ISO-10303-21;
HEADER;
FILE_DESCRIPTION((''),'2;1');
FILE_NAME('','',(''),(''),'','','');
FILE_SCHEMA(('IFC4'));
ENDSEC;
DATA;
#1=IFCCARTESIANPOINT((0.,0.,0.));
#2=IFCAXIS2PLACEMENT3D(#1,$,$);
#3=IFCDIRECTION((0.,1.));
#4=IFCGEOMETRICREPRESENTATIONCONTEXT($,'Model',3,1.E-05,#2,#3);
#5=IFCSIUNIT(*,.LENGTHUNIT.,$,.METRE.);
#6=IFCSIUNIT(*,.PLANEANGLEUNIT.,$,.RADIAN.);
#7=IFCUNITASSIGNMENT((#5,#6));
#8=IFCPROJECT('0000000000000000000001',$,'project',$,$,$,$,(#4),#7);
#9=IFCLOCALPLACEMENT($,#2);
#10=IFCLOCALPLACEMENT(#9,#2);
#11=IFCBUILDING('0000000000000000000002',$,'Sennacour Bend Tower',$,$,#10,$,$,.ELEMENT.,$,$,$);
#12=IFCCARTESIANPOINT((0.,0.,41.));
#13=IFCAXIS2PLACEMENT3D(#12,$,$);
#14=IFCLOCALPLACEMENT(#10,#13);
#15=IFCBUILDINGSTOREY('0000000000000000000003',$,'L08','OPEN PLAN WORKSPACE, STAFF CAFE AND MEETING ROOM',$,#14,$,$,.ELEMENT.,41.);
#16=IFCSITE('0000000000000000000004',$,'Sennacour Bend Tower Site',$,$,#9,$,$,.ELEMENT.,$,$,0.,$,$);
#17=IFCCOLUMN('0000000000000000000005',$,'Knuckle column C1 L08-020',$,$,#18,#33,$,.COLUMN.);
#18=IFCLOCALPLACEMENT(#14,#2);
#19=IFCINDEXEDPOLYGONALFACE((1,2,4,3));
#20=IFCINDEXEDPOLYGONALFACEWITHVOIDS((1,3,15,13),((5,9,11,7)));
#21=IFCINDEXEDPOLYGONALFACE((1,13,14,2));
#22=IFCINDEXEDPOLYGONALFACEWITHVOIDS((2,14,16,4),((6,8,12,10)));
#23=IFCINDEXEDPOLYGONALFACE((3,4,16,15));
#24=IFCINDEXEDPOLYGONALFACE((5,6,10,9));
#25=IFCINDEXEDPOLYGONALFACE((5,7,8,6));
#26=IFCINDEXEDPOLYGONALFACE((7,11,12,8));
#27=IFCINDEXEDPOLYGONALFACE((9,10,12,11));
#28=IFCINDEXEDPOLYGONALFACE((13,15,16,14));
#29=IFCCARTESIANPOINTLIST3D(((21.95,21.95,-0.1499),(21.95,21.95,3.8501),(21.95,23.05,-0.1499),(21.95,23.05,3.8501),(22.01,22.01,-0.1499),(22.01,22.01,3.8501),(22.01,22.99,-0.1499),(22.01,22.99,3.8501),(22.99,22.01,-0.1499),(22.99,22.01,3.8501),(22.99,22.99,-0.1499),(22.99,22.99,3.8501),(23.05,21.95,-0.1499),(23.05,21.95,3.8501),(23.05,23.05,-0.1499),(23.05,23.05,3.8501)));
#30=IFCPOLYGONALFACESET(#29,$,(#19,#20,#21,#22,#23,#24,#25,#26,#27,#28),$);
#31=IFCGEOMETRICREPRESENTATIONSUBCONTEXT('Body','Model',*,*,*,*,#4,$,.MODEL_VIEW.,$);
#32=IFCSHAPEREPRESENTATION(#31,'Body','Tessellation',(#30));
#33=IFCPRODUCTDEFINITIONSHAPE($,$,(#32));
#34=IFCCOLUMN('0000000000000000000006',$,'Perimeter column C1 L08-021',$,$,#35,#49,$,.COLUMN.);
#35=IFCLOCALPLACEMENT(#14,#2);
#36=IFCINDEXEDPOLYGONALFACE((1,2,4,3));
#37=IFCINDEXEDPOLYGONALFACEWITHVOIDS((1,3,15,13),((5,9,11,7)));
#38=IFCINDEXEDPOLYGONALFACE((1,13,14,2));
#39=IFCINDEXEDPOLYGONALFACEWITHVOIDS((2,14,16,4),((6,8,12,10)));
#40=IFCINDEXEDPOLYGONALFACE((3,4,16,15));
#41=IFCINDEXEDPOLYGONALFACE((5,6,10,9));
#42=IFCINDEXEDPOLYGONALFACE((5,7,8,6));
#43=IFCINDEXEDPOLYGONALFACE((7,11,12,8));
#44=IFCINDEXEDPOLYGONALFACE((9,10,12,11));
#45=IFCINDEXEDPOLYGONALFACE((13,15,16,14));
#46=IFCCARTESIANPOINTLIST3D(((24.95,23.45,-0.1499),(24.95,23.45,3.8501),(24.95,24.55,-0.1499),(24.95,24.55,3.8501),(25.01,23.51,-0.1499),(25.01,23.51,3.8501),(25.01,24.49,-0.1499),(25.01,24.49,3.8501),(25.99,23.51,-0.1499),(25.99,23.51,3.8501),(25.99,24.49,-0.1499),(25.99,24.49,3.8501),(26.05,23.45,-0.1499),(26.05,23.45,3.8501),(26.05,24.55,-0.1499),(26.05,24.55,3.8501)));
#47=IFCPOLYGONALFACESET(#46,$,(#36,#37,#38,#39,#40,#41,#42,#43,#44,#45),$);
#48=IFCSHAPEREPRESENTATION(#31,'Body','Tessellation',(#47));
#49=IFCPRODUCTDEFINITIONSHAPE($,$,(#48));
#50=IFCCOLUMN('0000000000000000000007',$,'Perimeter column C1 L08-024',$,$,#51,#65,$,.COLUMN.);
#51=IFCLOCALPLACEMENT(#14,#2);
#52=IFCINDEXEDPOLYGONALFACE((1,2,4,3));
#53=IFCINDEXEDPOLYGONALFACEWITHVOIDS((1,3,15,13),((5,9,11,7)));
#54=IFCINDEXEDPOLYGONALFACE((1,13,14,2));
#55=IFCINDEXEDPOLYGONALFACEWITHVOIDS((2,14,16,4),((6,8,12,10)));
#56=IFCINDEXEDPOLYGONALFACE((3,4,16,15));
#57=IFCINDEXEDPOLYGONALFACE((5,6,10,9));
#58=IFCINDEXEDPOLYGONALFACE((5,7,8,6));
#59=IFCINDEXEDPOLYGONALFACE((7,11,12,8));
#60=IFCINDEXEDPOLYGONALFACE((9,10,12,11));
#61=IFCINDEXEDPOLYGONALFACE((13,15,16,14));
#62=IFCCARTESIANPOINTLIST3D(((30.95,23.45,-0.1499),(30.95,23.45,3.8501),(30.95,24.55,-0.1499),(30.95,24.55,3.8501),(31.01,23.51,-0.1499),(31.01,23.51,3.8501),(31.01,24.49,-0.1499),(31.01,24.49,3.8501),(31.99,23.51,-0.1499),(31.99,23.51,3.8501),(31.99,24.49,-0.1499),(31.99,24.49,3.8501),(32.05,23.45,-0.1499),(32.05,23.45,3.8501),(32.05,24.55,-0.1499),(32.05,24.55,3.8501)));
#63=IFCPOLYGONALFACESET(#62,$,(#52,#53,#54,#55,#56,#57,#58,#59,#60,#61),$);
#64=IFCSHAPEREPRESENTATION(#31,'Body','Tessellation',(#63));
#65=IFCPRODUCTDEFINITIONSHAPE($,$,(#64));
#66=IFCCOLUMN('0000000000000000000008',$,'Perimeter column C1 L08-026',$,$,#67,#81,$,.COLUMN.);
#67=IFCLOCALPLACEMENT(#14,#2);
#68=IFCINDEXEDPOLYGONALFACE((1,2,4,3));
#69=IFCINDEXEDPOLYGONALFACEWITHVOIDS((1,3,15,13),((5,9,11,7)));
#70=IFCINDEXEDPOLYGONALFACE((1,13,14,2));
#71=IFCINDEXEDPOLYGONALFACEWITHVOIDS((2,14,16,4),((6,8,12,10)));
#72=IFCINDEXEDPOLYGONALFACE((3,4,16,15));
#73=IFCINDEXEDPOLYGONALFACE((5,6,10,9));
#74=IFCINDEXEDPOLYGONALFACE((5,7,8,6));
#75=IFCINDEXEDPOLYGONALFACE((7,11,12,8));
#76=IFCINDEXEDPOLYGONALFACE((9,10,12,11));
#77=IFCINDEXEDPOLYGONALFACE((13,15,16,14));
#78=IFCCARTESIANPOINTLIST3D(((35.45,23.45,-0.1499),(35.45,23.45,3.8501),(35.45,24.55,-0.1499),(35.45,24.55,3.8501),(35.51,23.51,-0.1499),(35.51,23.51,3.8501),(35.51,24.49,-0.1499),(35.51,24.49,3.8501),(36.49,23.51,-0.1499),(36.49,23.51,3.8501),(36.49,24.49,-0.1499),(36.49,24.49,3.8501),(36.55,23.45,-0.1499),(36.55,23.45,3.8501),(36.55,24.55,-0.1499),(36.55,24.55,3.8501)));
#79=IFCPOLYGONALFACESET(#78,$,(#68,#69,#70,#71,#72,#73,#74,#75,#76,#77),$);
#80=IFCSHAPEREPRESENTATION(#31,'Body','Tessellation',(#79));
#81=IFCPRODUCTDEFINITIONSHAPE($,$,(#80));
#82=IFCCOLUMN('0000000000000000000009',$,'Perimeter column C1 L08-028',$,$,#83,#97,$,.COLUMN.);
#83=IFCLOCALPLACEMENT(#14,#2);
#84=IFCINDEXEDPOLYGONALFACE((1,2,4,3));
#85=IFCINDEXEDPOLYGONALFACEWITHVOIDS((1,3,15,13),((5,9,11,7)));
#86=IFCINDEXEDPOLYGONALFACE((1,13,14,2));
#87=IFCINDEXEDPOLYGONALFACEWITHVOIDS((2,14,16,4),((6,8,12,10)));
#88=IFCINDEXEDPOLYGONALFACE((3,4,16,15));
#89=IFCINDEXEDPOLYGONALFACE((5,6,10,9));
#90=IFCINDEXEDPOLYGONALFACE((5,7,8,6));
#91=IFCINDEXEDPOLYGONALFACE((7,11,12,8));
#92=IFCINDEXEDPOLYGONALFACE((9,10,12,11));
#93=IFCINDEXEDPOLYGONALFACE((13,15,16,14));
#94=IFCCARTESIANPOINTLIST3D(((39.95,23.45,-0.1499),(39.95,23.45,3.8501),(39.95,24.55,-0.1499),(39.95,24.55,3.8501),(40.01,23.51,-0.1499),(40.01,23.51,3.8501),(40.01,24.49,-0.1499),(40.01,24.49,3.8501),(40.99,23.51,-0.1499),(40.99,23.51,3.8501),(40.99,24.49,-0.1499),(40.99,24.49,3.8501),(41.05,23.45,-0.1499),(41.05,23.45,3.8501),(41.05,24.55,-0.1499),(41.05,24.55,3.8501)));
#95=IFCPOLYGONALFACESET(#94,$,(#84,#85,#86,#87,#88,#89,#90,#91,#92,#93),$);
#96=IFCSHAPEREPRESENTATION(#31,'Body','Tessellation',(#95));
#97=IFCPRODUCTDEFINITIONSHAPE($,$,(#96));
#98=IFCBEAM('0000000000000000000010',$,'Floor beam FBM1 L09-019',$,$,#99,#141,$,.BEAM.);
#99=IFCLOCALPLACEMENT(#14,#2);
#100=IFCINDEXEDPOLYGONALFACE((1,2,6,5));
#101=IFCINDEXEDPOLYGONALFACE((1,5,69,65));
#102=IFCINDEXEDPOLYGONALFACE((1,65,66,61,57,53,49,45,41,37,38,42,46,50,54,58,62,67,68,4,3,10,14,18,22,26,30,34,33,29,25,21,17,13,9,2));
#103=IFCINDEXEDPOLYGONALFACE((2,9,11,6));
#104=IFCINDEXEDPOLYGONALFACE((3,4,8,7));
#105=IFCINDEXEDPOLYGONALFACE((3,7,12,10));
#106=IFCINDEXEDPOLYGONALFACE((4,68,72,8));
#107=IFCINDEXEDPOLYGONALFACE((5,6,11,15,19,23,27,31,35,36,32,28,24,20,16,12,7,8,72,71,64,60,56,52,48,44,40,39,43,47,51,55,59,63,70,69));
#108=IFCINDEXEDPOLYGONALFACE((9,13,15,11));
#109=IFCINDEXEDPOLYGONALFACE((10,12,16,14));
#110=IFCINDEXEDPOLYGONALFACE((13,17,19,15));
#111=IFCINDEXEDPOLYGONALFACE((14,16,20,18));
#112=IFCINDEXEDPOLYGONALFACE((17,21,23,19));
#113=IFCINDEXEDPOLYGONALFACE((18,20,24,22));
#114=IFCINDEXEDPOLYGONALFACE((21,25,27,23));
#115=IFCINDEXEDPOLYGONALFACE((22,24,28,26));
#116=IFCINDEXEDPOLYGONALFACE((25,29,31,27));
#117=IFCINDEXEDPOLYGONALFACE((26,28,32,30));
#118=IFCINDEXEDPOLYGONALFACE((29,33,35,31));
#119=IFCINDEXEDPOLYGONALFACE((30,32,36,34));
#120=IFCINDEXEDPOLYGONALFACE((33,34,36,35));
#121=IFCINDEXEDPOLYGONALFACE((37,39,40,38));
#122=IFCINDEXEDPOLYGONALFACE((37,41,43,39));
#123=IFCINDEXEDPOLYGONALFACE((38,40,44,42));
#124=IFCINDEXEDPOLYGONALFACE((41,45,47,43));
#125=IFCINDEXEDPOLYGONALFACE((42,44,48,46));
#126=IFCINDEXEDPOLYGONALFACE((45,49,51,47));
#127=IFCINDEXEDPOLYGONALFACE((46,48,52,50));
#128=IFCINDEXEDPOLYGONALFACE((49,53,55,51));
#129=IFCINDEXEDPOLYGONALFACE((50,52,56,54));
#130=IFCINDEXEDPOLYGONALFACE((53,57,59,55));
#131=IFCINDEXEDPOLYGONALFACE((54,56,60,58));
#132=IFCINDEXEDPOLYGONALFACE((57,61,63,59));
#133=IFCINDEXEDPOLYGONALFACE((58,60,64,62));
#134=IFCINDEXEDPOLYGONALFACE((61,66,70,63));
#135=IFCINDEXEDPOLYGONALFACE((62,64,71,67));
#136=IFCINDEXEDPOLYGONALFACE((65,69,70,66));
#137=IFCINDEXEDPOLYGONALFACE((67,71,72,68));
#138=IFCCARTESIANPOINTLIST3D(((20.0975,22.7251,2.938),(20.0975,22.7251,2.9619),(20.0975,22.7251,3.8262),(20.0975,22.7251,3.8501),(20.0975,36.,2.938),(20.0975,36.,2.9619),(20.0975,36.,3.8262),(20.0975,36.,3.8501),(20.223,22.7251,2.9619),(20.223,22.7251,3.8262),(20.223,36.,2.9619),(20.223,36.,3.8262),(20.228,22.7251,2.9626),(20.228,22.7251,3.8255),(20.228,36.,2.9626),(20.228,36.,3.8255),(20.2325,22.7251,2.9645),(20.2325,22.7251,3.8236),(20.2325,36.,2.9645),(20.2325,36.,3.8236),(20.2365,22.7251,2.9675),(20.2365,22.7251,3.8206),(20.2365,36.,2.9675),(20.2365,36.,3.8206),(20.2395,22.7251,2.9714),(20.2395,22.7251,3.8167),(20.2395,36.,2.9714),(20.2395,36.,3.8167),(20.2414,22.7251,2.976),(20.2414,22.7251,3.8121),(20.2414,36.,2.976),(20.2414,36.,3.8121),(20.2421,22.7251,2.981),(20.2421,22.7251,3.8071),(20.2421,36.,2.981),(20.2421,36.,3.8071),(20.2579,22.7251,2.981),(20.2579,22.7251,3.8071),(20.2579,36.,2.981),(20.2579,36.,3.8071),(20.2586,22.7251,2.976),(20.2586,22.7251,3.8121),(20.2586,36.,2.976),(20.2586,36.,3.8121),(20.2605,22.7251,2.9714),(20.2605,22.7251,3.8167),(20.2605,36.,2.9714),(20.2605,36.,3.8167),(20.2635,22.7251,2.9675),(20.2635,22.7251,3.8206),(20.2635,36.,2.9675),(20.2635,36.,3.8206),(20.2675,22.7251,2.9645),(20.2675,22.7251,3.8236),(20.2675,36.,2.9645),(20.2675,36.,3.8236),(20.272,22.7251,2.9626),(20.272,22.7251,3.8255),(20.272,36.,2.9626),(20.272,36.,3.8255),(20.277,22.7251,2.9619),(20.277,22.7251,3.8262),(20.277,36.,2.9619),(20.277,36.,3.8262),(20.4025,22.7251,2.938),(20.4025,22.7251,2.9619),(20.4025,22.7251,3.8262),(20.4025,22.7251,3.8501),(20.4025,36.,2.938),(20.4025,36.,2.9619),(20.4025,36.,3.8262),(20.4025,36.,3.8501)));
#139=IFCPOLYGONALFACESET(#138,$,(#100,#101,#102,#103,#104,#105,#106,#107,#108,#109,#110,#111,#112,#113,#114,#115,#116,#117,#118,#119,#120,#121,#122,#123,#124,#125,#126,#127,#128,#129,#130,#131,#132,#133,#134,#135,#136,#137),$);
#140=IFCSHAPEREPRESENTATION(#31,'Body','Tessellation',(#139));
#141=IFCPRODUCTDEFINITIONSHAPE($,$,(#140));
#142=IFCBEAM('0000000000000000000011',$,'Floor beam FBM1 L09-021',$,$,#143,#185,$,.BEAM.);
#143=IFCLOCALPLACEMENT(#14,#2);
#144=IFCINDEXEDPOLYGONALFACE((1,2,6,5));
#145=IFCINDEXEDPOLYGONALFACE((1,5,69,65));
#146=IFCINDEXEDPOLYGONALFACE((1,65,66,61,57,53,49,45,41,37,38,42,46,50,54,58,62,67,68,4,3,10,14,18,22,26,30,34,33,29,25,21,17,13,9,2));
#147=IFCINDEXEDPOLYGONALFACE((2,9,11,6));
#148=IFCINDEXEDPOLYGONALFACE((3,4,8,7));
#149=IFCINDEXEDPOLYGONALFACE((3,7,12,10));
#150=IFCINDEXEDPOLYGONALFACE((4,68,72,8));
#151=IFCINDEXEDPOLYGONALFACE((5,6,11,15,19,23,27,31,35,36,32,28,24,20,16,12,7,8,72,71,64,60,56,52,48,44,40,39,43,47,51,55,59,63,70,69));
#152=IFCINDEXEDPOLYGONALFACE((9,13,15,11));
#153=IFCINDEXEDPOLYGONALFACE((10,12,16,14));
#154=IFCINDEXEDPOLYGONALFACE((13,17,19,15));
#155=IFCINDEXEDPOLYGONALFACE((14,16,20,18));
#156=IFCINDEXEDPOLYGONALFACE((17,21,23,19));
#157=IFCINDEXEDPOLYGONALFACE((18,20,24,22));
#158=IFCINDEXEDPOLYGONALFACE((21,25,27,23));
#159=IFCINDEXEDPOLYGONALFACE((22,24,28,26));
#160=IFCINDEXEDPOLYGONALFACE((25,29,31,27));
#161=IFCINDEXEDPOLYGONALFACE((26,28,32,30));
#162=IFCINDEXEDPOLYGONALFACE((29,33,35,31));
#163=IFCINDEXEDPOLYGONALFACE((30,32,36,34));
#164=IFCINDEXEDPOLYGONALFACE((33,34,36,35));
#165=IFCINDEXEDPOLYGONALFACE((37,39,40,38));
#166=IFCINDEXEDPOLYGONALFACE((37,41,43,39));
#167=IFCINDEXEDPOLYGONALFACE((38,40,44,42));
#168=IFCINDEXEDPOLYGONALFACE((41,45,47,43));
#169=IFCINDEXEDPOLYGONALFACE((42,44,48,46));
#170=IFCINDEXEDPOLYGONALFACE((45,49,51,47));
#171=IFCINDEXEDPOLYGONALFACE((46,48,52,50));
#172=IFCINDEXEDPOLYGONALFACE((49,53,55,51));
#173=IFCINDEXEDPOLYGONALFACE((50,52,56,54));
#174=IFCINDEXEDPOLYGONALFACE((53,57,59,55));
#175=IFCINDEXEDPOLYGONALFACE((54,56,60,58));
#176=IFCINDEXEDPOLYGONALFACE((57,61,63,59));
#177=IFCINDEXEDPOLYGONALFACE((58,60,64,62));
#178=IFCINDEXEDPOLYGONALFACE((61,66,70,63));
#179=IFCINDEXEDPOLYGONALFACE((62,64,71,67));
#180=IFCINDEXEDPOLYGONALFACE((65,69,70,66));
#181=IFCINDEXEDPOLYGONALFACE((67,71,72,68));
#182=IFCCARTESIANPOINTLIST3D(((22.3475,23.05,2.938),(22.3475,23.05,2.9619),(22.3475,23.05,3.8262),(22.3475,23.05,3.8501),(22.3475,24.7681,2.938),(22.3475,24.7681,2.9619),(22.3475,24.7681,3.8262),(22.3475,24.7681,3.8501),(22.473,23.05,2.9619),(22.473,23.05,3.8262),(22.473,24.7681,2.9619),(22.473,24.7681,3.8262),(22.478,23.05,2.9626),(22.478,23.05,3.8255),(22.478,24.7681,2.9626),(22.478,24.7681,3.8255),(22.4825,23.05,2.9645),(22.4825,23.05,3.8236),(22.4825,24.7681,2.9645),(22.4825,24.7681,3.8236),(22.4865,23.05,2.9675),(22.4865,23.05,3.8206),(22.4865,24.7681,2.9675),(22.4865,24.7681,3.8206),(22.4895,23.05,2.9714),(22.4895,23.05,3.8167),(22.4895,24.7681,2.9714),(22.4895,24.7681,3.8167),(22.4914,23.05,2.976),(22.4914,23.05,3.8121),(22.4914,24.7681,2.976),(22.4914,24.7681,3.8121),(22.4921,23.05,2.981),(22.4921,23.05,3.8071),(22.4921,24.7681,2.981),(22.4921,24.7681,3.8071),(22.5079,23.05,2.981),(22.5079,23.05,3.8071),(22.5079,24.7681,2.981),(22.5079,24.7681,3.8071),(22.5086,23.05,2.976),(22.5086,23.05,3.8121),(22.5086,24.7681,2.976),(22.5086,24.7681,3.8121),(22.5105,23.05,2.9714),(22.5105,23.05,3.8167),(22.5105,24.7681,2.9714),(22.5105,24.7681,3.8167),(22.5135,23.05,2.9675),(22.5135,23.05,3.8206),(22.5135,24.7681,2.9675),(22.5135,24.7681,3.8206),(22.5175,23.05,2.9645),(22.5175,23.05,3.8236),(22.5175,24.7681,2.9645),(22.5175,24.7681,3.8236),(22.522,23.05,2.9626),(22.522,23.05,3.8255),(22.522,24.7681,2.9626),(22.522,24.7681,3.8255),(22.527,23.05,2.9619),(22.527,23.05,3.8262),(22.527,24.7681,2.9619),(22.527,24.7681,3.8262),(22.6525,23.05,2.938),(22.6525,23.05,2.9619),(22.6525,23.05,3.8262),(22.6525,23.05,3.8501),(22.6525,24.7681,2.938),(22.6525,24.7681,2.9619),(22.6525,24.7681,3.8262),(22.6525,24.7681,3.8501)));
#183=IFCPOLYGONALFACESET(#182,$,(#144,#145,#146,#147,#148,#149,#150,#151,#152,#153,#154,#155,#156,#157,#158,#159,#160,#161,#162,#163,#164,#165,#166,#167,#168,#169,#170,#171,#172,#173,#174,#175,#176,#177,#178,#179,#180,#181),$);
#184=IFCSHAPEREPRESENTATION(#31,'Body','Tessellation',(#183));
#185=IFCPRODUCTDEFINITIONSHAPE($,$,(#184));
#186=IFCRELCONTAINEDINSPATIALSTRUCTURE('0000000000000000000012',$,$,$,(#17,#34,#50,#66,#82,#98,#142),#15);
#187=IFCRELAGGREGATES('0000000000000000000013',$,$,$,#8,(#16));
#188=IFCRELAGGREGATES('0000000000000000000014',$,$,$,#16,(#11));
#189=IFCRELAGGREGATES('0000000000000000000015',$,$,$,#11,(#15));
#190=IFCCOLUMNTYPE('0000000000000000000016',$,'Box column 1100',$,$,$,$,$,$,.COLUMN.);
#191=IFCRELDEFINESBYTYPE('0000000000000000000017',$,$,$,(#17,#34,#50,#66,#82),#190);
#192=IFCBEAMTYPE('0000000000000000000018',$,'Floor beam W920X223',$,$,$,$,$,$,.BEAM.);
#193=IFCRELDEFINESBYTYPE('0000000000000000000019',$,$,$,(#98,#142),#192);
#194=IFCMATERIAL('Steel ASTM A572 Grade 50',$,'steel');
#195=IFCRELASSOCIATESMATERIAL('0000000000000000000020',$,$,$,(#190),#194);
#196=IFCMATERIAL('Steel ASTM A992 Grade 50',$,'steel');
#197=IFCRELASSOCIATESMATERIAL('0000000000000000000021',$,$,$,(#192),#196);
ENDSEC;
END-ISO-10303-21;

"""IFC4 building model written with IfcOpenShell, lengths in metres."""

from ifc_helpers import new_model, si_unit, direction, frame, origin, origin_2d, place, context, subcontext, project, spatial, hollow_rectangle, i_section, extrude, material, material_profile, profile_set, type_object, element, save


model = new_model("IFC4")

# Units and contexts
model_context = context("Model", 3, precision=1e-05, world=origin(), true_north=direction((0.0, 1.0)))
body_context = subcontext(model_context, "Body", "Model", "MODEL_VIEW")
ifc_project = project(units=[si_unit("LENGTHUNIT", "METRE"), si_unit("PLANEANGLEUNIT", "RADIAN")], contexts=[model_context])

# Site, building, storey
site_placement = place(None, origin())
site = spatial("IfcSite", under=ifc_project, at=site_placement, Name="Sennacour Bend Tower Site", CompositionType="ELEMENT", RefElevation=0.0)
building_placement = place(site_placement, origin())
building = spatial("IfcBuilding", under=site, at=building_placement, Name="Sennacour Bend Tower", CompositionType="ELEMENT")
storey_placement = place(building_placement, frame((0.0, 0.0, 41.0)))
storey = spatial("IfcBuildingStorey", under=building, at=storey_placement, Name="L08", Description="OPEN PLAN WORKSPACE, STAFF CAFE AND MEETING ROOM", CompositionType="ELEMENT", Elevation=41.0)

# Columns
ifc_material_1 = material(Name="Steel ASTM A572 Grade 50", Category="steel")
ifc_material_profile_1 = material_profile(ifc_material_1, hollow_rectangle(XDim=1.1001, YDim=1.1001, WallThickness=0.0601, at=origin_2d()), Name="Steel ASTM A572 Grade 50", Category="steel")
ifc_profile_set_1 = profile_set([ifc_material_profile_1], Name="Steel ASTM A572 Grade 50")
column_type = type_object("IfcColumnType", Name="Box column 1100", PredefinedType="COLUMN", material=ifc_profile_set_1)
for number, where, z_axis, x_axis, name in (
    (1, (22.5, 22.5, -0.1499), (0.0, 0.0, 1.0), (1.0, 0.0, 0.0), "Knuckle column C1 L08-020"),
    (2, (25.5, 24.0, -0.1499), (0.0, 0.0, 1.0), (1.0, 0.0, 0.0), "Perimeter column C1 L08-021"),
    (3, (31.5, 24.0, -0.1499), (0.0, 0.0, 1.0), (1.0, 0.0, 0.0), "Perimeter column C1 L08-024"),
    (4, (36.0, 24.0, -0.1499), (0.0, 0.0, 1.0), (1.0, 0.0, 0.0), "Perimeter column C1 L08-026"),
    (5, (40.5, 24.0, -0.1499), (0.0, 0.0, 1.0), (1.0, 0.0, 0.0), "Perimeter column C1 L08-028"),
):
    element("IfcColumn", number, at=place(storey_placement, frame(where, z_axis=z_axis, x_axis=x_axis)), inside=storey, type_object=column_type, Name=name, PredefinedType="COLUMN", context=body_context, shape_type="SweptSolid", body=[
        extrude(hollow_rectangle(XDim=1.1001, YDim=1.1001, WallThickness=0.0601, at=origin_2d()), origin(), (0.0, 0.0, 1.0), 4.0),
    ])

# Beams
ifc_material_2 = material(Name="Steel ASTM A992 Grade 50", Category="steel")
ifc_material_profile_2 = material_profile(ifc_material_2, i_section(OverallWidth=0.3049, OverallDepth=0.9121, WebThickness=0.0159, FlangeThickness=0.0239, FilletRadius=0.019, at=origin_2d()), Name="Steel ASTM A992 Grade 50", Category="steel")
ifc_profile_set_2 = profile_set([ifc_material_profile_2], Name="Steel ASTM A992 Grade 50")
beam_type_1 = type_object("IfcBeamType", Name="Floor beam W920X223", PredefinedType="BEAM", material=ifc_profile_set_2)
beam_1_placement = place(storey_placement, frame((20.25, 22.7251, 3.394), z_axis=(0.0, 1.0, 0.0), x_axis=(-1.0, 0.0, 0.0)))
element("IfcBeam", 6, at=beam_1_placement, inside=storey, type_object=beam_type_1, Name="Floor beam FBM1 L09-019", PredefinedType="BEAM", context=body_context, shape_type="SweptSolid", body=[
    extrude(i_section(OverallWidth=0.3049, OverallDepth=0.9121, WebThickness=0.0159, FlangeThickness=0.0239, FilletRadius=0.019, at=origin_2d()), origin(), (0.0, 0.0, 1.0), 13.2749),
])
beam_2_placement = place(storey_placement, frame((22.5, 23.05, 3.394), z_axis=(0.0, 1.0, 0.0), x_axis=(-1.0, 0.0, 0.0)))
element("IfcBeam", 7, at=beam_2_placement, inside=storey, type_object=beam_type_1, Name="Floor beam FBM1 L09-021", PredefinedType="BEAM", context=body_context, shape_type="SweptSolid", body=[
    extrude(i_section(OverallWidth=0.3049, OverallDepth=0.9121, WebThickness=0.0159, FlangeThickness=0.0239, FilletRadius=0.019, at=origin_2d()), origin(), (0.0, 0.0, 1.0), 1.718),
])

save(model, "model.ifc")
